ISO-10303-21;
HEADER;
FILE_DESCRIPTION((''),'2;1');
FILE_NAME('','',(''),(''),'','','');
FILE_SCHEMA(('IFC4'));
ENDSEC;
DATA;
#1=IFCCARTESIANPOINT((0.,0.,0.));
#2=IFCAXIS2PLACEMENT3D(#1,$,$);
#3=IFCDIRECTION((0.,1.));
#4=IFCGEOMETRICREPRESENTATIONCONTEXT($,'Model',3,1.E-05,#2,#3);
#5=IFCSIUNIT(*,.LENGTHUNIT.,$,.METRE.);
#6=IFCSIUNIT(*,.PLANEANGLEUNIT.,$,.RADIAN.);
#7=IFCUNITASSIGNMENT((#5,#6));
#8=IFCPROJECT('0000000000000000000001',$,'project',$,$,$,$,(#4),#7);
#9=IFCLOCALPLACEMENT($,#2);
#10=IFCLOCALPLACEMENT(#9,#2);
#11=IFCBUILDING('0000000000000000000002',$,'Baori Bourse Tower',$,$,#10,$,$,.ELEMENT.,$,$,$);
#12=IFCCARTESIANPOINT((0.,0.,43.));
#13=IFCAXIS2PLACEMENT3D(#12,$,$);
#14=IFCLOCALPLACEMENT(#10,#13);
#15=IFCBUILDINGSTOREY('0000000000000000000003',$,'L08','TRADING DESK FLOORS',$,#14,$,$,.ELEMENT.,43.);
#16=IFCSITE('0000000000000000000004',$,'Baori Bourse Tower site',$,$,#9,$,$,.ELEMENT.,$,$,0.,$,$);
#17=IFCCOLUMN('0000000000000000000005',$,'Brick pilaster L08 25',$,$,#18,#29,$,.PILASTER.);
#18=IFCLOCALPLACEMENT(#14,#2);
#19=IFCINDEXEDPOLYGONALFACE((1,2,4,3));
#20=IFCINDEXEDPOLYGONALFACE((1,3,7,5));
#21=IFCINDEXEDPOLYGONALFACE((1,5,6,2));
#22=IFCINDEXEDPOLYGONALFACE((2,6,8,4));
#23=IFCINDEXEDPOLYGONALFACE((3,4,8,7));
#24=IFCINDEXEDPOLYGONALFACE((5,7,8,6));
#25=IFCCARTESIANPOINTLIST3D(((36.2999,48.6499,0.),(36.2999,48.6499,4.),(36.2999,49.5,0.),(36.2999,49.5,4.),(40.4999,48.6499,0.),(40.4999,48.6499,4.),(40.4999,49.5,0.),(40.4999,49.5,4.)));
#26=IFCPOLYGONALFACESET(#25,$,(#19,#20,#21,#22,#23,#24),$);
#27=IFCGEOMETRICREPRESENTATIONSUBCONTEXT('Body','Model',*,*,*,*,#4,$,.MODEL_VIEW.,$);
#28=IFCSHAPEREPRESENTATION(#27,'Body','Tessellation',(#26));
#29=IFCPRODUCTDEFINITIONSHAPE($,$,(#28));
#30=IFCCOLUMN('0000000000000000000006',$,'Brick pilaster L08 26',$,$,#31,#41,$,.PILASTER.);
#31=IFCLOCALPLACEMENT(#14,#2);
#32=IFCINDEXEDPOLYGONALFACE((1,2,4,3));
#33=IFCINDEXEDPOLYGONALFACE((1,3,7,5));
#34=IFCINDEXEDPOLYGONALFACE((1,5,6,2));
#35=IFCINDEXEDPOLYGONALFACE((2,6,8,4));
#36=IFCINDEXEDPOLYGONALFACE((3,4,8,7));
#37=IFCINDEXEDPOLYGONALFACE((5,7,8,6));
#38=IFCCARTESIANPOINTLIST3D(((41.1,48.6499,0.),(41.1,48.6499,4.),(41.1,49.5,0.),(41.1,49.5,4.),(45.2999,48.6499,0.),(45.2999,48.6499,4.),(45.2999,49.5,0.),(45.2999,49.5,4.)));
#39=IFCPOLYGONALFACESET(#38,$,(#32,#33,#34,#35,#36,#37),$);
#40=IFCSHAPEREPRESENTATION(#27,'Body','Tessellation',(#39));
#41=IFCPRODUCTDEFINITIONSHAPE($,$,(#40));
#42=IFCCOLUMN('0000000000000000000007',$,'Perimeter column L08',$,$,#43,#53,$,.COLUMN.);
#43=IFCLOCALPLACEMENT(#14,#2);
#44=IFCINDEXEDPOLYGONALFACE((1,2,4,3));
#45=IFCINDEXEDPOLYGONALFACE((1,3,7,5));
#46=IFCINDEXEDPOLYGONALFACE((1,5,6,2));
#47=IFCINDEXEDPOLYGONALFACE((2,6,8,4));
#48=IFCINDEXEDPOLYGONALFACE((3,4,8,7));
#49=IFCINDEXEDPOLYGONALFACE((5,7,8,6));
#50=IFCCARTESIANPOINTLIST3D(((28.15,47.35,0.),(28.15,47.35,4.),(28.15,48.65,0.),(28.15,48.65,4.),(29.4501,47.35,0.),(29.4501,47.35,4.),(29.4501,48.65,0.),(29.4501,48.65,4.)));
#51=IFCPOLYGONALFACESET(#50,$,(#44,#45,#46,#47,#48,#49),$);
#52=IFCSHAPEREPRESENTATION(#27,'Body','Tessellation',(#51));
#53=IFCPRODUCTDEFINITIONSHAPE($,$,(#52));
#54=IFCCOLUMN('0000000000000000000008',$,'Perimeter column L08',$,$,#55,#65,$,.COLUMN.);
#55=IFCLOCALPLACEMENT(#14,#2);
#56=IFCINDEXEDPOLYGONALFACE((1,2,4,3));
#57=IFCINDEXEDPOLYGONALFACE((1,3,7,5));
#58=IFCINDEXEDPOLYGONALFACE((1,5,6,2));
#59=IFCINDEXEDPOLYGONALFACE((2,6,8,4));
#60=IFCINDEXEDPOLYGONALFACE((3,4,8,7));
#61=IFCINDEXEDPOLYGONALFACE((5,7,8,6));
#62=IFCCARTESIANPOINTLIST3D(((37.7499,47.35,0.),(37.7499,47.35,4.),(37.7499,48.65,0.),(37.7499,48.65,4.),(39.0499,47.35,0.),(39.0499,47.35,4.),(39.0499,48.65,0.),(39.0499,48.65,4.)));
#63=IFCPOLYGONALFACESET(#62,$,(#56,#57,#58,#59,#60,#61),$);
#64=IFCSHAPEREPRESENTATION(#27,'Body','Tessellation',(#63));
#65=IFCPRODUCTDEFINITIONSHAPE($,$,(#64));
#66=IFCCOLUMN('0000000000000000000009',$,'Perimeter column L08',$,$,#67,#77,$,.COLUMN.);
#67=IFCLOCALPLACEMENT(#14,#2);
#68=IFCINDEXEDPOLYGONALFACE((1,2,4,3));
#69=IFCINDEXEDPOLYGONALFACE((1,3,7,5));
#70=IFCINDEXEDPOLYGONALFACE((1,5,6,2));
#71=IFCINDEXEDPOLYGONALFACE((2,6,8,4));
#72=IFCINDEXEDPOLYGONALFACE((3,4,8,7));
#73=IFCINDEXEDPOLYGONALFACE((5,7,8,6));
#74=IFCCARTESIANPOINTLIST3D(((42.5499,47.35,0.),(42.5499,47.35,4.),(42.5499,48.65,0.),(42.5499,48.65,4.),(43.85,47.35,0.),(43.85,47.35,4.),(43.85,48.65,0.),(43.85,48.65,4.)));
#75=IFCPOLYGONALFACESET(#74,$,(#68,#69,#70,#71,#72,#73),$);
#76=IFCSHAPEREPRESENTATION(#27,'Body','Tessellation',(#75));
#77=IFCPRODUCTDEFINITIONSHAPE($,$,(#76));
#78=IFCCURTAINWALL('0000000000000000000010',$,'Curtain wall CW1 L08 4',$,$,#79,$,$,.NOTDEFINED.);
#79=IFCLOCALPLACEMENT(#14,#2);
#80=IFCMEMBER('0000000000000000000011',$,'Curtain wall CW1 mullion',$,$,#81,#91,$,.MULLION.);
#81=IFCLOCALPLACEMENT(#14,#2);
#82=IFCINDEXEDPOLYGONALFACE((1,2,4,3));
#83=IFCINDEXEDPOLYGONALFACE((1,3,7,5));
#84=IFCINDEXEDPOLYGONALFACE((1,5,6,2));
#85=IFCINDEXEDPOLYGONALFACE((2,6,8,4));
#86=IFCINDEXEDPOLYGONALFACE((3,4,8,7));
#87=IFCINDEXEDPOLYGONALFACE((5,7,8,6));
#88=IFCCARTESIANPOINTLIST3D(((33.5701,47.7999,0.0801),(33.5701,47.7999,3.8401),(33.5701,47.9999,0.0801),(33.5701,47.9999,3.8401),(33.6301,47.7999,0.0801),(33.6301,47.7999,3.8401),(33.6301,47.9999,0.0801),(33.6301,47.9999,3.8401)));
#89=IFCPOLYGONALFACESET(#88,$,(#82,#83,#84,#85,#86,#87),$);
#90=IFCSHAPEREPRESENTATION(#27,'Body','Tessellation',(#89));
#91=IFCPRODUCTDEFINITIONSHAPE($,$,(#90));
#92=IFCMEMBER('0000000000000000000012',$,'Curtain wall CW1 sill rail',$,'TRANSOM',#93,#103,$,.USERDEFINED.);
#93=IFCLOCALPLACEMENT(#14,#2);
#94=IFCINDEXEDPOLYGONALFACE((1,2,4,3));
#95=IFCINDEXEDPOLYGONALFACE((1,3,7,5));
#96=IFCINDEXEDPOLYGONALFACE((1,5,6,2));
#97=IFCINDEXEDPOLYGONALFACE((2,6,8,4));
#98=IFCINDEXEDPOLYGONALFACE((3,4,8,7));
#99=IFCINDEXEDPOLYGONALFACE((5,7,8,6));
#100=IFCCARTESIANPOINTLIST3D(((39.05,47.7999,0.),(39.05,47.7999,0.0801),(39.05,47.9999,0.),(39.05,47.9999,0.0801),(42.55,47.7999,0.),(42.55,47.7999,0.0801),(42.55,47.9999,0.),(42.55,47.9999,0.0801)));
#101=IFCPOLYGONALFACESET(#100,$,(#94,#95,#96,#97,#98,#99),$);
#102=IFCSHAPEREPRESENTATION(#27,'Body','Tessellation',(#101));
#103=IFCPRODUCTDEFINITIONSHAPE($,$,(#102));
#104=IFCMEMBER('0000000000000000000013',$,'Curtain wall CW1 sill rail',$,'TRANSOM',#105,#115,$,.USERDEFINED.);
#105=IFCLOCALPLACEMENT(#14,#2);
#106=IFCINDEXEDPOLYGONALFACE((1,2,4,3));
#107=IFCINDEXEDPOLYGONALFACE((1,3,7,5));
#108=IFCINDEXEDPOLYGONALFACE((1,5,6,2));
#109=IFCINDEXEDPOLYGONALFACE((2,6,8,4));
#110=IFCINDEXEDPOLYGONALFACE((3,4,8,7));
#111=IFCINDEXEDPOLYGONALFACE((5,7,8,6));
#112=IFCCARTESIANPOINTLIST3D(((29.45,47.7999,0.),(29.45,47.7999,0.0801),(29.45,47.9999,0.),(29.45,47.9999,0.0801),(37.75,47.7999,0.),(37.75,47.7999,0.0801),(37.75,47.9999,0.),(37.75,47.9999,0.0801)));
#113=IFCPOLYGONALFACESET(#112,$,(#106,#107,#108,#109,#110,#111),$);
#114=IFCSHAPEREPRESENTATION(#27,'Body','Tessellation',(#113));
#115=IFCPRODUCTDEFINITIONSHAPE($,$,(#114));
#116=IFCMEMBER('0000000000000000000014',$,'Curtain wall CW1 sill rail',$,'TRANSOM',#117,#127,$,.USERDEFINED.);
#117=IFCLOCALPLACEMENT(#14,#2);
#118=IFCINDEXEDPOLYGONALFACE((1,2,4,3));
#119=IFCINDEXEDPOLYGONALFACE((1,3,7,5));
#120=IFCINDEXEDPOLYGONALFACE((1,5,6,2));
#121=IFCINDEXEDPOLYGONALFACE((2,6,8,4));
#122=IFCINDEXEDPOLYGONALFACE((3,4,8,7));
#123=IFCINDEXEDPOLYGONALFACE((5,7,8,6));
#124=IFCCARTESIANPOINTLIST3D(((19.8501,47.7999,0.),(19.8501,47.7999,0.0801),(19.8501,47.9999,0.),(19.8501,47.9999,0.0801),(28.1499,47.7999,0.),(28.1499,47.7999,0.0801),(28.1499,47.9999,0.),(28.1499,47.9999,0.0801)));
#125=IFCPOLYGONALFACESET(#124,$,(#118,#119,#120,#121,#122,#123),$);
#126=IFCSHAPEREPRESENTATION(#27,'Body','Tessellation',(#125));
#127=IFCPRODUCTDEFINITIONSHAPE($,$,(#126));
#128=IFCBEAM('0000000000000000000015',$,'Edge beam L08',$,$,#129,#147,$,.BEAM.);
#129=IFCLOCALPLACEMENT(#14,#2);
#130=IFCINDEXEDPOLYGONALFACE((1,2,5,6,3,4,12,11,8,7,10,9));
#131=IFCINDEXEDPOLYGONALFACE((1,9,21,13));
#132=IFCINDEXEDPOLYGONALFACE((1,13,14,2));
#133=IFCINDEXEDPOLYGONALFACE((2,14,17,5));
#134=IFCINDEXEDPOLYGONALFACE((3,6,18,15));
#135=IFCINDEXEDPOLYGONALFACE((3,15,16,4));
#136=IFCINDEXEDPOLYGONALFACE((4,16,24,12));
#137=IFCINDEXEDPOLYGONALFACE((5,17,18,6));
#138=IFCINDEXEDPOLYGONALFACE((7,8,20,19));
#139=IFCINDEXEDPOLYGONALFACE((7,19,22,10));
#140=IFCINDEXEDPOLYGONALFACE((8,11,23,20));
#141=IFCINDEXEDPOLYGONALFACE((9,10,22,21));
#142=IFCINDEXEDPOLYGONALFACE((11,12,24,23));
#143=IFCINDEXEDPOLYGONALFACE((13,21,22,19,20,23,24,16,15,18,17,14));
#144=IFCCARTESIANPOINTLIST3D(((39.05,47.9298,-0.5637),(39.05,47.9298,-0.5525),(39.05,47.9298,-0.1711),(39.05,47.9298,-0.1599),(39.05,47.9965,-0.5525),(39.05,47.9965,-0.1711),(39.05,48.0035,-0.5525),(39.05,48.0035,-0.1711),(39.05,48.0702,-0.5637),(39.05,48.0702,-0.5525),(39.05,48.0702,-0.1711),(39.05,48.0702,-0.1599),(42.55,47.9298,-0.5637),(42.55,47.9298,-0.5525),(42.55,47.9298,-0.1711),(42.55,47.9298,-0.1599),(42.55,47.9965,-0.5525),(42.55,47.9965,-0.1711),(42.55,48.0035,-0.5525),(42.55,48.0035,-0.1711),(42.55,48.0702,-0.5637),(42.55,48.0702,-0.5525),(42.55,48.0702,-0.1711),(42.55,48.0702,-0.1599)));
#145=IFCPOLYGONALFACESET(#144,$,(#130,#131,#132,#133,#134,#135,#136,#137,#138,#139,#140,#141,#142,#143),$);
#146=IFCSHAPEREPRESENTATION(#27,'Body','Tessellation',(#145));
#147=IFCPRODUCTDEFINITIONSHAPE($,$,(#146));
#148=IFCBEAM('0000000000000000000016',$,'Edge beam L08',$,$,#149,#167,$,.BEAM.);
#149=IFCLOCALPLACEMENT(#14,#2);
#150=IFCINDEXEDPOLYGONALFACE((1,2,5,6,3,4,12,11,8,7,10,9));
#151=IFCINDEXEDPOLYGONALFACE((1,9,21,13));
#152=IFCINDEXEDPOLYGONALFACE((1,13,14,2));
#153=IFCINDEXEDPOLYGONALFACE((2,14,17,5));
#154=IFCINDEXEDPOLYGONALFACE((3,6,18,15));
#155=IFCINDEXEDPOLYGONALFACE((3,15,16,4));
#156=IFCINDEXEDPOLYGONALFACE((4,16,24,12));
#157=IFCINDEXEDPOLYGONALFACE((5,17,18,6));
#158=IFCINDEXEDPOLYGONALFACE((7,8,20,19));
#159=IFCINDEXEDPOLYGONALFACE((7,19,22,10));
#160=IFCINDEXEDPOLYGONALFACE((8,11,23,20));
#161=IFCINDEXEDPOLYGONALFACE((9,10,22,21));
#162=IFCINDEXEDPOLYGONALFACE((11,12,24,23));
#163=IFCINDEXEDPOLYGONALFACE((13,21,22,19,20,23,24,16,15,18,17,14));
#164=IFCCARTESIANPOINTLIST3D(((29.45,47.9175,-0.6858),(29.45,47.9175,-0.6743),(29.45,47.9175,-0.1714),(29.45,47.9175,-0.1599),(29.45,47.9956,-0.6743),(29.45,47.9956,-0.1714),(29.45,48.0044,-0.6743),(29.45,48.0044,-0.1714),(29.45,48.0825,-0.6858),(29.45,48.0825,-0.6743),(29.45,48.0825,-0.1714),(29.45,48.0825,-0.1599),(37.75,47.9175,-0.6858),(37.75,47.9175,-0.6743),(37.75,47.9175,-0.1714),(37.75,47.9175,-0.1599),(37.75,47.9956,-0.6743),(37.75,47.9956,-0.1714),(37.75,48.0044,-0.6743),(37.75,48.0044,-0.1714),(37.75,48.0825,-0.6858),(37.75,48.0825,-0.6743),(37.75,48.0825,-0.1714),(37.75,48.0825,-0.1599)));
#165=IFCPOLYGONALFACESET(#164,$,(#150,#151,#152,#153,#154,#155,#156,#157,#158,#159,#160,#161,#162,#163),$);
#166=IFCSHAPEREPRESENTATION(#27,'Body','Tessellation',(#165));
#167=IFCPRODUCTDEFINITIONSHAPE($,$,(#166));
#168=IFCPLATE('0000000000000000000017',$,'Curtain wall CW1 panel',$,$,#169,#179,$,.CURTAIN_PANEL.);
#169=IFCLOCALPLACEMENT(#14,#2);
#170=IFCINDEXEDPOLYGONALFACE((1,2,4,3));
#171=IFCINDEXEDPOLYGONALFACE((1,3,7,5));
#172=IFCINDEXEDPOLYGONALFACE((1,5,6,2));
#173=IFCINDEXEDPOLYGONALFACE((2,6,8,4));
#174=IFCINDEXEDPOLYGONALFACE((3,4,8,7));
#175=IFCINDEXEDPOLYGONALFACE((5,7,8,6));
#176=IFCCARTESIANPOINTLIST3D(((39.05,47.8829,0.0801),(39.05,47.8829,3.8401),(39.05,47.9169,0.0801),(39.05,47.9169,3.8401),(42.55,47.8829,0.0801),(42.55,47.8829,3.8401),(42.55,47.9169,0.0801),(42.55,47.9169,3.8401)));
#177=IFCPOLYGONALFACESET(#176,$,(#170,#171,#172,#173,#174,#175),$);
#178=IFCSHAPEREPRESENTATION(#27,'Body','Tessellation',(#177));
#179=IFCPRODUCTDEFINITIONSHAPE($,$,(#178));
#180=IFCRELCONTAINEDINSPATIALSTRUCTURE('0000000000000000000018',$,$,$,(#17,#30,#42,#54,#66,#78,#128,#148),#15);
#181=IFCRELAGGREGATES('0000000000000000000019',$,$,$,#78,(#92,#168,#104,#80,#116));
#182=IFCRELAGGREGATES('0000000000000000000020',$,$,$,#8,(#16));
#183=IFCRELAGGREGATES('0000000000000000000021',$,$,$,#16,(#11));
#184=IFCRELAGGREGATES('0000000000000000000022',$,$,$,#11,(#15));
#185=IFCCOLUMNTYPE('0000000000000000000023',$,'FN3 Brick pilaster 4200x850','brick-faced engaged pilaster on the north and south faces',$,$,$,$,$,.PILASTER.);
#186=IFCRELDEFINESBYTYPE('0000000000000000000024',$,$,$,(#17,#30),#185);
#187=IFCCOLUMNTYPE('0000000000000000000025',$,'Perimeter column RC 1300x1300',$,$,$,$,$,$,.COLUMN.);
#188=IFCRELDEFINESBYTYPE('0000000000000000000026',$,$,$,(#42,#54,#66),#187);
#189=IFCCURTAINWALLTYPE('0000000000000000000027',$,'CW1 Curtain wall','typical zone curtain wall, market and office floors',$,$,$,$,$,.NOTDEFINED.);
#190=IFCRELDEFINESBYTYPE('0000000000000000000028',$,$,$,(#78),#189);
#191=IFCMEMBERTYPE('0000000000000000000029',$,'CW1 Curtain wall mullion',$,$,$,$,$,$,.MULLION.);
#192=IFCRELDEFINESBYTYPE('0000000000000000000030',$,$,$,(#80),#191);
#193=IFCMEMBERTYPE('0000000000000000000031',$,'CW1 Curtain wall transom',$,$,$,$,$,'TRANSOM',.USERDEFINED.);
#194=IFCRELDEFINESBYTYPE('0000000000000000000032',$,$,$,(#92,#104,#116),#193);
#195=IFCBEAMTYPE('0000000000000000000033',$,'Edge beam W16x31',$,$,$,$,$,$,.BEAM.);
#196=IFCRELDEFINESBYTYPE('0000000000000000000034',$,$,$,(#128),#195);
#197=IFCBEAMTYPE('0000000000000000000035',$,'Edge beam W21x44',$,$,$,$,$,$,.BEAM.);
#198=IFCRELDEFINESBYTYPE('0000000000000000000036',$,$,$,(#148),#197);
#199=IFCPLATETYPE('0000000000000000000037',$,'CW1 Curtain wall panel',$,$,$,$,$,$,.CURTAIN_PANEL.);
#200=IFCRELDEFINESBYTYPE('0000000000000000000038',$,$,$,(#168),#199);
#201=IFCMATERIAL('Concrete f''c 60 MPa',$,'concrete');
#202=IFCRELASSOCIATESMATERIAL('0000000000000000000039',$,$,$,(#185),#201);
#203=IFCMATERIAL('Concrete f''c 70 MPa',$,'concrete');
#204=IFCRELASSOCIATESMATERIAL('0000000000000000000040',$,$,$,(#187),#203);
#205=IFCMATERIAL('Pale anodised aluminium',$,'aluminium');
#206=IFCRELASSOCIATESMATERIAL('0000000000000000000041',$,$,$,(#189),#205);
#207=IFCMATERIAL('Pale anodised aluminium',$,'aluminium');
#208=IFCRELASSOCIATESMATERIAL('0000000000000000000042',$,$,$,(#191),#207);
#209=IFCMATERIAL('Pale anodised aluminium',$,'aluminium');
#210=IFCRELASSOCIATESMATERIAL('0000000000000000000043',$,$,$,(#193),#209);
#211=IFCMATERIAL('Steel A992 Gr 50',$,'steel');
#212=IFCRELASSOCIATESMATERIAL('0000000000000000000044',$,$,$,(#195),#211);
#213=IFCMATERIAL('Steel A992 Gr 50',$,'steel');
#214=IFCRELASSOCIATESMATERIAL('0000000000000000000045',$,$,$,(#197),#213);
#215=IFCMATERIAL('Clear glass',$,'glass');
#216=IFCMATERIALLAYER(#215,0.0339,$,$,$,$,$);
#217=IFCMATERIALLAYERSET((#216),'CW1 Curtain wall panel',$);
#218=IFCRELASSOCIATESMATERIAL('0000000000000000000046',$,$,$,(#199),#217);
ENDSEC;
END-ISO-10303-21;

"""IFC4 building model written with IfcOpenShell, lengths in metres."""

from ifc_helpers import new_model, si_unit, direction, frame, origin, origin_2d, place, context, subcontext, project, spatial, rectangle, i_section, extrude, material, layer, layer_set, material_profile, profile_set, type_object, element, aggregate, save


model = new_model("IFC4")

# Units and contexts
model_context = context("Model", 3, precision=1e-05, world=origin(), true_north=direction((0.0, 1.0)))
body_context = subcontext(model_context, "Body", "Model", "MODEL_VIEW")
ifc_project = project(units=[si_unit("LENGTHUNIT", "METRE"), si_unit("PLANEANGLEUNIT", "RADIAN")], contexts=[model_context])

# Site, building, storey
site_placement = place(None, origin())
site = spatial("IfcSite", under=ifc_project, at=site_placement, Name="Baori Bourse Tower site", CompositionType="ELEMENT", RefElevation=0.0)
building_placement = place(site_placement, origin())
building = spatial("IfcBuilding", under=site, at=building_placement, Name="Baori Bourse Tower", CompositionType="ELEMENT")
storey_placement = place(building_placement, frame((0.0, 0.0, 43.0)))
storey = spatial("IfcBuildingStorey", under=building, at=storey_placement, Name="L08", Description="TRADING DESK FLOORS", CompositionType="ELEMENT", Elevation=43.0)

# Columns
ifc_material_1 = material(Name="Concrete f'c 60 MPa", Category="concrete")
ifc_material_profile_1 = material_profile(ifc_material_1, rectangle(XDim=4.2, YDim=0.8501, at=origin_2d()), Name="RC 4200x850")
ifc_profile_set_1 = profile_set([ifc_material_profile_1], Name="Concrete f'c 60 MPa")
column_type_1 = type_object("IfcColumnType", Name="FN3 Brick pilaster 4200x850", Description="brick-faced engaged pilaster on the north and south faces", PredefinedType="PILASTER", material=ifc_profile_set_1)
for number, where, z_axis, x_axis, name in (
    (1, (38.3999, 49.075, 0.0), (0.0, 0.0, 1.0), (1.0, 0.0, 0.0), "Brick pilaster L08 25"),
    (2, (43.2, 49.075, 0.0), (0.0, 0.0, 1.0), (1.0, 0.0, 0.0), "Brick pilaster L08 26"),
):
    element("IfcColumn", number, at=place(storey_placement, frame(where, z_axis=z_axis, x_axis=x_axis)), inside=storey, type_object=column_type_1, Name=name, PredefinedType="PILASTER", context=body_context, shape_type="SweptSolid", body=[
        extrude(rectangle(XDim=4.2, YDim=0.8501, at=origin_2d()), origin(), (0.0, 0.0, 1.0), 4.0),
    ])
ifc_material_2 = material(Name="Concrete f'c 70 MPa", Category="concrete")
ifc_material_profile_2 = material_profile(ifc_material_2, rectangle(XDim=1.3, YDim=1.3, at=origin_2d()), Name="RC 1300x1300")
ifc_profile_set_2 = profile_set([ifc_material_profile_2], Name="Concrete f'c 70 MPa")
column_type_2 = type_object("IfcColumnType", Name="Perimeter column RC 1300x1300", PredefinedType="COLUMN", material=ifc_profile_set_2)
for number, where, z_axis, x_axis, name in (
    (3, (28.8, 48.0, 0.0), (0.0, 0.0, 1.0), (1.0, 0.0, 0.0), "Perimeter column L08"),
    (4, (38.3999, 48.0, 0.0), (0.0, 0.0, 1.0), (1.0, 0.0, 0.0), "Perimeter column L08"),
    (5, (43.2, 48.0, 0.0), (0.0, 0.0, 1.0), (1.0, 0.0, 0.0), "Perimeter column L08"),
):
    element("IfcColumn", number, at=place(storey_placement, frame(where, z_axis=z_axis, x_axis=x_axis)), inside=storey, type_object=column_type_2, Name=name, PredefinedType="COLUMN", context=body_context, shape_type="SweptSolid", body=[
        extrude(rectangle(XDim=1.3, YDim=1.3, at=origin_2d()), origin(), (0.0, 0.0, 1.0), 4.0),
    ])

# Curtain wall, members
ifc_material_3 = material(Name="Pale anodised aluminium", Category="aluminium")
curtain_wall_type = type_object("IfcCurtainWallType", Name="CW1 Curtain wall", Description="typical zone curtain wall, market and office floors", PredefinedType="NOTDEFINED", material=ifc_material_3)
curtain_wall_placement = place(storey_placement, origin())
curtain_wall = element("IfcCurtainWall", 6, at=curtain_wall_placement, inside=storey, type_object=curtain_wall_type, Name="Curtain wall CW1 L08 4", PredefinedType="NOTDEFINED")
ifc_material_4 = material(Name="Pale anodised aluminium", Category="aluminium")
ifc_material_profile_3 = material_profile(ifc_material_4, rectangle(XDim=0.2, YDim=0.0601, at=origin_2d()), Name="Mullion 60x200")
ifc_profile_set_3 = profile_set([ifc_material_profile_3], Name="Pale anodised aluminium")
member_type_1 = type_object("IfcMemberType", Name="CW1 Curtain wall mullion", PredefinedType="MULLION", material=ifc_profile_set_3)
member_1_placement = place(storey_placement, frame((33.6001, 47.8999, 0.0801), z_axis=(0.0, 0.0, 1.0), x_axis=(0.0, -1.0, 0.0)))
member_1 = element("IfcMember", 7, at=member_1_placement, type_object=member_type_1, Name="Curtain wall CW1 mullion", PredefinedType="MULLION", context=body_context, shape_type="SweptSolid", body=[
    extrude(rectangle(XDim=0.2, YDim=0.0601, at=origin_2d()), origin(), (0.0, 0.0, 1.0), 3.76),
])
ifc_material_5 = material(Name="Pale anodised aluminium", Category="aluminium")
ifc_material_profile_4 = material_profile(ifc_material_5, rectangle(XDim=0.2, YDim=0.0801, at=origin_2d()), Name="Transom 80x200")
ifc_profile_set_4 = profile_set([ifc_material_profile_4], Name="Pale anodised aluminium")
member_type_2 = type_object("IfcMemberType", Name="CW1 Curtain wall transom", ElementType="TRANSOM", PredefinedType="USERDEFINED", material=ifc_profile_set_4)
member_2_placement = place(storey_placement, frame((42.55, 47.8999, 0.04), z_axis=(-1.0, 0.0, 0.0), x_axis=(0.0, -1.0, 0.0)))
member_2 = element("IfcMember", 8, at=member_2_placement, type_object=member_type_2, Name="Curtain wall CW1 sill rail", ObjectType="TRANSOM", PredefinedType="USERDEFINED", context=body_context, shape_type="SweptSolid", body=[
    extrude(rectangle(XDim=0.2, YDim=0.0801, at=origin_2d()), origin(), (0.0, 0.0, 1.0), 3.5),
])
member_3_placement = place(storey_placement, frame((37.75, 47.8999, 0.04), z_axis=(-1.0, 0.0, 0.0), x_axis=(0.0, -1.0, 0.0)))
member_3 = element("IfcMember", 9, at=member_3_placement, type_object=member_type_2, Name="Curtain wall CW1 sill rail", ObjectType="TRANSOM", PredefinedType="USERDEFINED", context=body_context, shape_type="SweptSolid", body=[
    extrude(rectangle(XDim=0.2, YDim=0.0801, at=origin_2d()), origin(), (0.0, 0.0, 1.0), 8.3),
])
member_4_placement = place(storey_placement, frame((28.1499, 47.8999, 0.04), z_axis=(-1.0, 0.0, 0.0), x_axis=(0.0, -1.0, 0.0)))
member_4 = element("IfcMember", 10, at=member_4_placement, type_object=member_type_2, Name="Curtain wall CW1 sill rail", ObjectType="TRANSOM", PredefinedType="USERDEFINED", context=body_context, shape_type="SweptSolid", body=[
    extrude(rectangle(XDim=0.2, YDim=0.0801, at=origin_2d()), origin(), (0.0, 0.0, 1.0), 8.2998),
])

# Beams
ifc_material_6 = material(Name="Steel A992 Gr 50", Category="steel")
ifc_material_profile_5 = material_profile(ifc_material_6, i_section(OverallWidth=0.1404, OverallDepth=0.4038, WebThickness=0.0071, FlangeThickness=0.0112, at=origin_2d()), Name="W16x31")
ifc_profile_set_5 = profile_set([ifc_material_profile_5], Name="Steel A992 Gr 50")
beam_type_1 = type_object("IfcBeamType", Name="Edge beam W16x31", PredefinedType="BEAM", material=ifc_profile_set_5)
beam_1_placement = place(storey_placement, frame((39.05, 48.0, -0.3618), z_axis=(1.0, 0.0, 0.0), x_axis=(0.0, 1.0, 0.0)))
element("IfcBeam", 11, at=beam_1_placement, inside=storey, type_object=beam_type_1, Name="Edge beam L08", PredefinedType="BEAM", context=body_context, shape_type="SweptSolid", body=[
    extrude(i_section(OverallWidth=0.1404, OverallDepth=0.4038, WebThickness=0.0071, FlangeThickness=0.0112, at=origin_2d()), origin(), (0.0, 0.0, 1.0), 3.5),
])
ifc_material_7 = material(Name="Steel A992 Gr 50", Category="steel")
ifc_material_profile_6 = material_profile(ifc_material_7, i_section(OverallWidth=0.165, OverallDepth=0.5259, WebThickness=0.0088, FlangeThickness=0.0115, at=origin_2d()), Name="W21x44")
ifc_profile_set_6 = profile_set([ifc_material_profile_6], Name="Steel A992 Gr 50")
beam_type_2 = type_object("IfcBeamType", Name="Edge beam W21x44", PredefinedType="BEAM", material=ifc_profile_set_6)
beam_2_placement = place(storey_placement, frame((29.45, 48.0, -0.4229), z_axis=(1.0, 0.0, 0.0), x_axis=(0.0, 1.0, 0.0)))
element("IfcBeam", 12, at=beam_2_placement, inside=storey, type_object=beam_type_2, Name="Edge beam L08", PredefinedType="BEAM", context=body_context, shape_type="SweptSolid", body=[
    extrude(i_section(OverallWidth=0.165, OverallDepth=0.5259, WebThickness=0.0088, FlangeThickness=0.0115, at=origin_2d()), origin(), (0.0, 0.0, 1.0), 8.3),
])

# Plate
ifc_material_8 = material(Name="Clear glass", Category="glass")
ifc_layer = layer(ifc_material_8, 0.0339)
ifc_layer_set = layer_set([ifc_layer], Name="CW1 Curtain wall panel")
plate_type = type_object("IfcPlateType", Name="CW1 Curtain wall panel", PredefinedType="CURTAIN_PANEL", material=ifc_layer_set)
plate_1_placement = place(storey_placement, frame((40.8, 47.8999, 0.0801), z_axis=(0.0, 0.0, 1.0), x_axis=(-1.0, 0.0, 0.0)))
plate_1 = element("IfcPlate", 13, at=plate_1_placement, type_object=plate_type, Name="Curtain wall CW1 panel", PredefinedType="CURTAIN_PANEL", context=body_context, shape_type="SweptSolid", body=[
    extrude(rectangle(XDim=3.5, YDim=0.0339, at=origin_2d()), origin(), (0.0, 0.0, 1.0), 3.76),
])
aggregate(curtain_wall, [member_2, plate_1, member_3, member_1, member_4])

save(model, "model.ifc")
